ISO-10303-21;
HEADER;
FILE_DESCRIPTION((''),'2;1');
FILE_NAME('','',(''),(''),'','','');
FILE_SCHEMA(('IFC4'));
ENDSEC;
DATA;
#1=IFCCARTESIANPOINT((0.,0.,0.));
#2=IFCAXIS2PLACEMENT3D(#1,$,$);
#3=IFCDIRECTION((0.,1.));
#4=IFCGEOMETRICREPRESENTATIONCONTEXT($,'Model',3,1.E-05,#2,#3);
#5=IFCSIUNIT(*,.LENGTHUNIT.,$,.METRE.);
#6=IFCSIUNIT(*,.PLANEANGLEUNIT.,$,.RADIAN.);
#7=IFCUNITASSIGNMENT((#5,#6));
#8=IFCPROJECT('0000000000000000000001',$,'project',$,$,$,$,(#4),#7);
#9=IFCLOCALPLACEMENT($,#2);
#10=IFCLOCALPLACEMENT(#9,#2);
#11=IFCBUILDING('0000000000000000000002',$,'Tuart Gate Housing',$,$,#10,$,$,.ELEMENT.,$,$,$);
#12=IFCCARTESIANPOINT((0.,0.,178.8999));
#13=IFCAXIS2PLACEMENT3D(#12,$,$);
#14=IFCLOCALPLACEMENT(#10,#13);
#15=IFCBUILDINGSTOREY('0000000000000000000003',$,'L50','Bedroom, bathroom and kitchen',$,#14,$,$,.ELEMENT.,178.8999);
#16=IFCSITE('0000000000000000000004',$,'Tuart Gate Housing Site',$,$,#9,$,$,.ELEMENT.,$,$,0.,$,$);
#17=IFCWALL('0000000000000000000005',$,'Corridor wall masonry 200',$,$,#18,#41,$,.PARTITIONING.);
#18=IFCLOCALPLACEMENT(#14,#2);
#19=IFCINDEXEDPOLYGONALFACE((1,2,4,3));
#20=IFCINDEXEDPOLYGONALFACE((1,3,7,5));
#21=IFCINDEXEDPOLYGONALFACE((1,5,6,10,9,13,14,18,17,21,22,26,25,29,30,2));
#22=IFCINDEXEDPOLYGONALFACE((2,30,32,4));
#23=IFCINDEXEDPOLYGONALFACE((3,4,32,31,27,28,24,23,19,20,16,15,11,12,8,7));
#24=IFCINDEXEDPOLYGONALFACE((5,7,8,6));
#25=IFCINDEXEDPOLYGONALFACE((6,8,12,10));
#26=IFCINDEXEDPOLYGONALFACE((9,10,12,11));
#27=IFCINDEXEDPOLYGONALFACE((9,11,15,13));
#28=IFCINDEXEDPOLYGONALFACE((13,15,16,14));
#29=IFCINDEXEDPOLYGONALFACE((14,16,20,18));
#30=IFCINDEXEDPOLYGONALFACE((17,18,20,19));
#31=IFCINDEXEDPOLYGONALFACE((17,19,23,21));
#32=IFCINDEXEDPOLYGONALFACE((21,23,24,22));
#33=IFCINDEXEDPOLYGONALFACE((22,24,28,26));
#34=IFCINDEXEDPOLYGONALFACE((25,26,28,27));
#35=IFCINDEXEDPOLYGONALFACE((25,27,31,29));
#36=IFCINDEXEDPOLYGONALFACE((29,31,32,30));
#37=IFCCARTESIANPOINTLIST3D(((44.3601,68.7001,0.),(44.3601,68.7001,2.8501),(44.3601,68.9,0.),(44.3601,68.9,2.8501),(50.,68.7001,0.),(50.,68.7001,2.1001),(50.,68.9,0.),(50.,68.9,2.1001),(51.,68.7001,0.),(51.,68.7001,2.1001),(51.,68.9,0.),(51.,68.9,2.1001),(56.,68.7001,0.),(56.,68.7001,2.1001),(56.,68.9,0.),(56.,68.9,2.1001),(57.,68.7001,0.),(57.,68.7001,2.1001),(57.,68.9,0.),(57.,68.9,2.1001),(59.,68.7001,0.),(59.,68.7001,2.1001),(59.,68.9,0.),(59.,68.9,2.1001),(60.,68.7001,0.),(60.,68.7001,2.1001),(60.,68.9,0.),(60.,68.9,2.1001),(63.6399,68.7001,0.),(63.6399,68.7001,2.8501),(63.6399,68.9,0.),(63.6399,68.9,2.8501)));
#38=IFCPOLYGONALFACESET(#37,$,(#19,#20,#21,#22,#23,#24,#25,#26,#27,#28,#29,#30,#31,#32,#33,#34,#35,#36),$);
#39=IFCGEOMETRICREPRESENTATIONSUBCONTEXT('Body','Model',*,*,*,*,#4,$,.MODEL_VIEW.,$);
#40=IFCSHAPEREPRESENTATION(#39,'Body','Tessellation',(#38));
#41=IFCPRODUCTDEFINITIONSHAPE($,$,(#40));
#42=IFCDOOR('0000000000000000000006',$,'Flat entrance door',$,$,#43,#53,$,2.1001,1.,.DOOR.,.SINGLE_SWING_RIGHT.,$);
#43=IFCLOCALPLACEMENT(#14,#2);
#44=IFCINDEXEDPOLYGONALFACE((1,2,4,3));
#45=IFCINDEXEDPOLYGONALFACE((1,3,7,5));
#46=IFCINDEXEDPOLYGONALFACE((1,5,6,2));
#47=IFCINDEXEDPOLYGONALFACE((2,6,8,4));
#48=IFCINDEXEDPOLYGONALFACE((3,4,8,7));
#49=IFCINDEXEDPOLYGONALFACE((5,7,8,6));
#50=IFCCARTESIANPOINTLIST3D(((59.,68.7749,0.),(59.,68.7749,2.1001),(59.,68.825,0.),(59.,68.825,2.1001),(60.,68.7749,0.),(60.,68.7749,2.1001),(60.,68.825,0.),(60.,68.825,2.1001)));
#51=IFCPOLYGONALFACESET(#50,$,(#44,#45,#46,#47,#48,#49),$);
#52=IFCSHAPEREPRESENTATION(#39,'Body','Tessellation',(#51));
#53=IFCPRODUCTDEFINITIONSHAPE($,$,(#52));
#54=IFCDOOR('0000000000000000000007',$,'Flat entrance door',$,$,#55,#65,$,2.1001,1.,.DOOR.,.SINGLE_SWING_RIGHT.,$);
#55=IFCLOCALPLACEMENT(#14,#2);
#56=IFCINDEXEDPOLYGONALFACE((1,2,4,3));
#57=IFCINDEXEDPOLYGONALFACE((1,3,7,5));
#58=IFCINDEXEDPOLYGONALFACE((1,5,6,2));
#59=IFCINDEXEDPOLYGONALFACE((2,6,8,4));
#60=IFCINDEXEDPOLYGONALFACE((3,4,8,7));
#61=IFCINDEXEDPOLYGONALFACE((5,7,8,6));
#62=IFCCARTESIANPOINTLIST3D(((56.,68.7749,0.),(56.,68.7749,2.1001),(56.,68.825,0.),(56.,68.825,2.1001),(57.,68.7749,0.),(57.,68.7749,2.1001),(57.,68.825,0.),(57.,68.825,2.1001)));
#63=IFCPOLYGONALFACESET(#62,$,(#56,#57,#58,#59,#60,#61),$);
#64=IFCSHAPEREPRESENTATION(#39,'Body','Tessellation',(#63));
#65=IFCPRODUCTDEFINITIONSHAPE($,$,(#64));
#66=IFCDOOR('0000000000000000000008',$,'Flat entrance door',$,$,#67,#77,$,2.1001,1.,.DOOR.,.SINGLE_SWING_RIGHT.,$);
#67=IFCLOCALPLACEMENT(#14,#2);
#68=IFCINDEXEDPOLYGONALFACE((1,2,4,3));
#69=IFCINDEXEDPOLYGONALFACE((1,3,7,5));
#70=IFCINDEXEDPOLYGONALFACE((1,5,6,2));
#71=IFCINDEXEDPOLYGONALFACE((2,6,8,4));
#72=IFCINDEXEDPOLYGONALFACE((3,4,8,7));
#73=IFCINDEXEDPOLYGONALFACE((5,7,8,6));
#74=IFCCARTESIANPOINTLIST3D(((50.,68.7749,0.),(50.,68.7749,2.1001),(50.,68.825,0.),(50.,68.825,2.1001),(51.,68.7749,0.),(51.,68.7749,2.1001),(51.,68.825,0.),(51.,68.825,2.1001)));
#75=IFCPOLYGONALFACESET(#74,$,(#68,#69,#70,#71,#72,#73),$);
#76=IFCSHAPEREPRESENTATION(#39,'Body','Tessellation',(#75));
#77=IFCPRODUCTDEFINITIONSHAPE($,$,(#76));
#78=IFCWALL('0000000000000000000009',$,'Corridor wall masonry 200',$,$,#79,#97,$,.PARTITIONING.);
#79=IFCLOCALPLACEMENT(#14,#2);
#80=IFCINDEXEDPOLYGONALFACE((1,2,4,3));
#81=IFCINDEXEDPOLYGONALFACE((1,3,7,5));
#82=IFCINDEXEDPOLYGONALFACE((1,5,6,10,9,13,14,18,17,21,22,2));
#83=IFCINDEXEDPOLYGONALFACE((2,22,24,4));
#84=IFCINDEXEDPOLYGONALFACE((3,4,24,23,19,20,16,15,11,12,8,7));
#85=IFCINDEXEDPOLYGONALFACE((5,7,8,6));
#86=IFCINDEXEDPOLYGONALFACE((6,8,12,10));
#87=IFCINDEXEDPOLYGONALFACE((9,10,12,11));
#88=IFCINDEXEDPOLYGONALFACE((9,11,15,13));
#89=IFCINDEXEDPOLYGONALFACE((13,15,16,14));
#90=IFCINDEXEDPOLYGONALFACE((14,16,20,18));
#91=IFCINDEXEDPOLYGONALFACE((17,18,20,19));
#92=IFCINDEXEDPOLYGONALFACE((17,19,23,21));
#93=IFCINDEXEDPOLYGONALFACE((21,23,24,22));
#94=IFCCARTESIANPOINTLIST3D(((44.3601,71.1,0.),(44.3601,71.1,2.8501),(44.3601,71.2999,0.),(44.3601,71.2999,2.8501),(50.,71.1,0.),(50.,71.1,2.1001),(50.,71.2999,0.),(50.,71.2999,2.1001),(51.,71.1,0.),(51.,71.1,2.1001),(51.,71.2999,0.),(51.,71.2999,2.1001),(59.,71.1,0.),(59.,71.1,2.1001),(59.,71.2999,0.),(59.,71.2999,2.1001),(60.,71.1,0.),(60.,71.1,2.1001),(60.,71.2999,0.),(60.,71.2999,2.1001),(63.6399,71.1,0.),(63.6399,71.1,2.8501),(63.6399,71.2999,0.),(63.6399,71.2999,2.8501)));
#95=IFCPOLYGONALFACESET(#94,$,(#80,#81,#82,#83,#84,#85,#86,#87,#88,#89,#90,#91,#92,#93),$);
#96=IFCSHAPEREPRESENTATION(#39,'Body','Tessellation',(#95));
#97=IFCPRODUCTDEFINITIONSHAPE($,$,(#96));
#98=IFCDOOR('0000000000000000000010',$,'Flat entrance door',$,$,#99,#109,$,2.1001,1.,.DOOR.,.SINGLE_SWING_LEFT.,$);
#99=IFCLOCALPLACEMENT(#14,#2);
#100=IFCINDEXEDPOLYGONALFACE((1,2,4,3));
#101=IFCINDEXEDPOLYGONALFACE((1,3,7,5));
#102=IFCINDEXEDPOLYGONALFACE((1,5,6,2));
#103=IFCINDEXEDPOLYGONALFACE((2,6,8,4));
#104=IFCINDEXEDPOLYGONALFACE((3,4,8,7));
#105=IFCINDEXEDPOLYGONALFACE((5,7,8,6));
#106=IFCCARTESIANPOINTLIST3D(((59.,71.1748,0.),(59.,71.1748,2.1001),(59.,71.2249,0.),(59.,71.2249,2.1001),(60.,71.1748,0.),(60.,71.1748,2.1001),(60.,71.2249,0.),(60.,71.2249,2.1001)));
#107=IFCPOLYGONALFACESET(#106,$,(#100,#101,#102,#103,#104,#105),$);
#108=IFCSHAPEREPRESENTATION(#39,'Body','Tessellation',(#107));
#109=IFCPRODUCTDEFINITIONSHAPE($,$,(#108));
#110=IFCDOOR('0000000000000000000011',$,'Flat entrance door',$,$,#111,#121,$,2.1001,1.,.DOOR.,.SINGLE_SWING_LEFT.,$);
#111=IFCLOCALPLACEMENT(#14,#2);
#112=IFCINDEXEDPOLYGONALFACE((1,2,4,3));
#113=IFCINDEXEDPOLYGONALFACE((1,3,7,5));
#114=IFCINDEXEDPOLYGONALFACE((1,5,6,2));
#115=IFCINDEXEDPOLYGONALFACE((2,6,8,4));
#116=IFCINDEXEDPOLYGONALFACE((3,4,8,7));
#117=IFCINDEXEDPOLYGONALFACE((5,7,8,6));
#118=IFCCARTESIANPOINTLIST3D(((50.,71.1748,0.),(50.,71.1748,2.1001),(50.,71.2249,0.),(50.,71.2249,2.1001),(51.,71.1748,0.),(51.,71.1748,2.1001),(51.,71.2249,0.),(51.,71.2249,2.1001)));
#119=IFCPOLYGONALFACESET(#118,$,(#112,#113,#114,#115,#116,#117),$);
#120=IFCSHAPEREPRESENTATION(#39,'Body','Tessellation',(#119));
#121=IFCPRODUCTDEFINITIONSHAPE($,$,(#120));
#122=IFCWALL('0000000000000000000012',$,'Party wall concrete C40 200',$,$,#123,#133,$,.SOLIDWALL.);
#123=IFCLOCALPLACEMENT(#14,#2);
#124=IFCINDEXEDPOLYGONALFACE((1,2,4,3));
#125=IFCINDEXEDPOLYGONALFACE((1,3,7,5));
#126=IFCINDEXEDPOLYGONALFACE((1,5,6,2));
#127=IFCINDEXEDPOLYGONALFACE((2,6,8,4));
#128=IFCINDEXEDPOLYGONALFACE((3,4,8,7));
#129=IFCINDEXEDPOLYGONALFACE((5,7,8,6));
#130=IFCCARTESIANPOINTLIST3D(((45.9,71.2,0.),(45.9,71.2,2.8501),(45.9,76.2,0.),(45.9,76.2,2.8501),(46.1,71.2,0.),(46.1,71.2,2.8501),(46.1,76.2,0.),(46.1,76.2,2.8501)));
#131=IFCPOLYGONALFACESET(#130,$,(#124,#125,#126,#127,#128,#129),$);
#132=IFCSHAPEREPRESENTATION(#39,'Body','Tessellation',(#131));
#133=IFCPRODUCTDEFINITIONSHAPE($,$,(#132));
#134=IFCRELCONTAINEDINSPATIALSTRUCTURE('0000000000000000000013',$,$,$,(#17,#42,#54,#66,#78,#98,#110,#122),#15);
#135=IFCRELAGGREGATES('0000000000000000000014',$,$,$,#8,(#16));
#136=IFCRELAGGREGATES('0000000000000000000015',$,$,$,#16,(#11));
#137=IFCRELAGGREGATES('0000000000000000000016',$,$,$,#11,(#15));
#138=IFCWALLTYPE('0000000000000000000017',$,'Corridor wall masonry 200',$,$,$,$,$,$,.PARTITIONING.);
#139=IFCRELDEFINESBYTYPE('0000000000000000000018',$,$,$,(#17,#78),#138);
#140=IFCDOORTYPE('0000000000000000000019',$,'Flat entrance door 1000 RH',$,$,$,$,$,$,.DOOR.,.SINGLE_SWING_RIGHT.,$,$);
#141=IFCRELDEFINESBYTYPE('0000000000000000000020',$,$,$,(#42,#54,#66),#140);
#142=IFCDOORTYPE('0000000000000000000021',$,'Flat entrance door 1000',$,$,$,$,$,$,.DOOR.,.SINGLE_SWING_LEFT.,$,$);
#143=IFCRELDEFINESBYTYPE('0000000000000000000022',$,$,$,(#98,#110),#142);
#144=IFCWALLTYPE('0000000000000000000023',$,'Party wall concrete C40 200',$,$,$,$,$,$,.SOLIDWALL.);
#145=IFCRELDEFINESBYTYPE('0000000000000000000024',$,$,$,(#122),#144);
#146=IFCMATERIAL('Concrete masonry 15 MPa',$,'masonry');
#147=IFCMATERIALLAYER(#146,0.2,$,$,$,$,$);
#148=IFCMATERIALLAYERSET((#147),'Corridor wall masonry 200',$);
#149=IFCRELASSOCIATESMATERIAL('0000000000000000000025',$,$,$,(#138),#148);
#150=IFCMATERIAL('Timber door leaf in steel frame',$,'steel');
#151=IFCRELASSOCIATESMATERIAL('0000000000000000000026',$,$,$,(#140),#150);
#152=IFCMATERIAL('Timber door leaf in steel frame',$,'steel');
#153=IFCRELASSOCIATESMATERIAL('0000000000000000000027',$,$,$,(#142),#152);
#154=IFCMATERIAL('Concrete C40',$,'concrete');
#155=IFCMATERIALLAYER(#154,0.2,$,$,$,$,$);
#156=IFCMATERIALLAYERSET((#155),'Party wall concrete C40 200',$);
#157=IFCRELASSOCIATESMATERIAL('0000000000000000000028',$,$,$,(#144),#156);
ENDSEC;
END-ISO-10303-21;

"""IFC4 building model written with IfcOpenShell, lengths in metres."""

from ifc_helpers import new_model, si_unit, direction, frame, frame_2d, origin, place, context, subcontext, project, spatial, rectangle, extrude, material, layer, layer_set, type_object, element, fill, save


model = new_model("IFC4")

# Units and contexts
model_context = context("Model", 3, precision=1e-05, world=origin(), true_north=direction((0.0, 1.0)))
body_context = subcontext(model_context, "Body", "Model", "MODEL_VIEW")
ifc_project = project(units=[si_unit("LENGTHUNIT", "METRE"), si_unit("PLANEANGLEUNIT", "RADIAN")], contexts=[model_context])

# Site, building, storey
site_placement = place(None, origin())
site = spatial("IfcSite", under=ifc_project, at=site_placement, Name="Tuart Gate Housing Site", CompositionType="ELEMENT", RefElevation=0.0)
building_placement = place(site_placement, origin())
building = spatial("IfcBuilding", under=site, at=building_placement, Name="Tuart Gate Housing", CompositionType="ELEMENT")
storey_placement = place(building_placement, frame((0.0, 0.0, 178.8999)))
storey = spatial("IfcBuildingStorey", under=building, at=storey_placement, Name="L50", Description="Bedroom, bathroom and kitchen", CompositionType="ELEMENT", Elevation=178.8999)

# Walls, openings, doors
ifc_material_1 = material(Name="Concrete masonry 15 MPa", Category="masonry")
ifc_layer_1 = layer(ifc_material_1, 0.2)
ifc_layer_set_1 = layer_set([ifc_layer_1], Name="Corridor wall masonry 200")
wall_type_1 = type_object("IfcWallType", Name="Corridor wall masonry 200", PredefinedType="PARTITIONING", material=ifc_layer_set_1)
wall_1_placement = place(storey_placement, frame((44.3601, 68.8, 0.0), z_axis=(0.0, 0.0, 1.0), x_axis=(1.0, 0.0, 0.0)))
wall_1 = element("IfcWall", 1, at=wall_1_placement, inside=storey, type_object=wall_type_1, Name="Corridor wall masonry 200", PredefinedType="PARTITIONING", context=body_context, shape_type="SweptSolid", body=[
    extrude(rectangle(XDim=19.2798, YDim=0.2, at=frame_2d((9.6399, 0.0))), origin(), (0.0, 0.0, 1.0), 2.8501),
])
opening_1_placement = place(wall_1_placement, frame((14.6399, 0.0, 0.0)))
opening_1 = element("IfcOpeningElement", 2, at=opening_1_placement, cuts=wall_1, PredefinedType="OPENING", context=body_context, shape_type="SweptSolid", body=[
    extrude(rectangle(XDim=1.0, YDim=2.1001, at=frame_2d((0.5, 1.05))), frame((0.0, 0.1099, 0.0), z_axis=(0.0, -1.0, 0.0), x_axis=(1.0, 0.0, 0.0)), (0.0, 0.0, 1.0), 0.22),
])
opening_2_placement = place(wall_1_placement, frame((11.6399, 0.0, 0.0)))
opening_2 = element("IfcOpeningElement", 3, at=opening_2_placement, cuts=wall_1, PredefinedType="OPENING", context=body_context, shape_type="SweptSolid", body=[
    extrude(rectangle(XDim=1.0, YDim=2.1001, at=frame_2d((0.5, 1.05))), frame((0.0, 0.1099, 0.0), z_axis=(0.0, -1.0, 0.0), x_axis=(1.0, 0.0, 0.0)), (0.0, 0.0, 1.0), 0.22),
])
opening_3_placement = place(wall_1_placement, frame((5.6399, 0.0, 0.0)))
opening_3 = element("IfcOpeningElement", 4, at=opening_3_placement, cuts=wall_1, PredefinedType="OPENING", context=body_context, shape_type="SweptSolid", body=[
    extrude(rectangle(XDim=1.0, YDim=2.1001, at=frame_2d((0.5, 1.05))), frame((0.0, 0.1099, 0.0), z_axis=(0.0, -1.0, 0.0), x_axis=(1.0, 0.0, 0.0)), (0.0, 0.0, 1.0), 0.22),
])
ifc_material_2 = material(Name="Timber door leaf in steel frame", Category="steel")
door_type_1 = type_object("IfcDoorType", Name="Flat entrance door 1000 RH", OperationType="SINGLE_SWING_RIGHT", PredefinedType="DOOR", material=ifc_material_2)
door_1_placement = place(opening_1_placement, frame((1.0, 0.0, 0.0), z_axis=(0.0, 0.0, 1.0), x_axis=(-1.0, 0.0, 0.0)))
door_1 = element("IfcDoor", 5, at=door_1_placement, inside=storey, type_object=door_type_1, Name="Flat entrance door", OperationType="SINGLE_SWING_RIGHT", OverallHeight=2.1001, OverallWidth=1.0, PredefinedType="DOOR", context=body_context, shape_type="SweptSolid", body=[
    extrude(rectangle(XDim=1.0, YDim=2.1001, at=frame_2d((0.5, 1.05))), frame((0.0, 0.0251, 0.0), z_axis=(0.0, -1.0, 0.0), x_axis=(1.0, 0.0, 0.0)), (0.0, 0.0, 1.0), 0.05),
])
fill(opening_1, door_1)
door_2_placement = place(opening_2_placement, frame((1.0, 0.0, 0.0), z_axis=(0.0, 0.0, 1.0), x_axis=(-1.0, 0.0, 0.0)))
door_2 = element("IfcDoor", 6, at=door_2_placement, inside=storey, type_object=door_type_1, Name="Flat entrance door", OperationType="SINGLE_SWING_RIGHT", OverallHeight=2.1001, OverallWidth=1.0, PredefinedType="DOOR", context=body_context, shape_type="SweptSolid", body=[
    extrude(rectangle(XDim=1.0, YDim=2.1001, at=frame_2d((0.5, 1.05))), frame((0.0, 0.0251, 0.0), z_axis=(0.0, -1.0, 0.0), x_axis=(1.0, 0.0, 0.0)), (0.0, 0.0, 1.0), 0.05),
])
fill(opening_2, door_2)
door_3_placement = place(opening_3_placement, frame((1.0, 0.0, 0.0), z_axis=(0.0, 0.0, 1.0), x_axis=(-1.0, 0.0, 0.0)))
door_3 = element("IfcDoor", 7, at=door_3_placement, inside=storey, type_object=door_type_1, Name="Flat entrance door", OperationType="SINGLE_SWING_RIGHT", OverallHeight=2.1001, OverallWidth=1.0, PredefinedType="DOOR", context=body_context, shape_type="SweptSolid", body=[
    extrude(rectangle(XDim=1.0, YDim=2.1001, at=frame_2d((0.5, 1.05))), frame((0.0, 0.0251, 0.0), z_axis=(0.0, -1.0, 0.0), x_axis=(1.0, 0.0, 0.0)), (0.0, 0.0, 1.0), 0.05),
])
fill(opening_3, door_3)
wall_2_placement = place(storey_placement, frame((44.3601, 71.2, 0.0), z_axis=(0.0, 0.0, 1.0), x_axis=(1.0, 0.0, 0.0)))
wall_2 = element("IfcWall", 8, at=wall_2_placement, inside=storey, type_object=wall_type_1, Name="Corridor wall masonry 200", PredefinedType="PARTITIONING", context=body_context, shape_type="SweptSolid", body=[
    extrude(rectangle(XDim=19.2798, YDim=0.2, at=frame_2d((9.6399, 0.0))), origin(), (0.0, 0.0, 1.0), 2.8501),
])
opening_4_placement = place(wall_2_placement, frame((14.6399, 0.0, 0.0)))
opening_4 = element("IfcOpeningElement", 9, at=opening_4_placement, cuts=wall_2, PredefinedType="OPENING", context=body_context, shape_type="SweptSolid", body=[
    extrude(rectangle(XDim=1.0, YDim=2.1001, at=frame_2d((0.5, 1.05))), frame((0.0, 0.1099, 0.0), z_axis=(0.0, -1.0, 0.0), x_axis=(1.0, 0.0, 0.0)), (0.0, 0.0, 1.0), 0.22),
])
opening_5_placement = place(wall_2_placement, frame((5.6399, 0.0, 0.0)))
opening_5 = element("IfcOpeningElement", 10, at=opening_5_placement, cuts=wall_2, PredefinedType="OPENING", context=body_context, shape_type="SweptSolid", body=[
    extrude(rectangle(XDim=1.0, YDim=2.1001, at=frame_2d((0.5, 1.05))), frame((0.0, 0.1099, 0.0), z_axis=(0.0, -1.0, 0.0), x_axis=(1.0, 0.0, 0.0)), (0.0, 0.0, 1.0), 0.22),
])
ifc_material_3 = material(Name="Timber door leaf in steel frame", Category="steel")
door_type_2 = type_object("IfcDoorType", Name="Flat entrance door 1000", OperationType="SINGLE_SWING_LEFT", PredefinedType="DOOR", material=ifc_material_3)
door_4_placement = place(opening_4_placement, origin())
door_4 = element("IfcDoor", 11, at=door_4_placement, inside=storey, type_object=door_type_2, Name="Flat entrance door", OperationType="SINGLE_SWING_LEFT", OverallHeight=2.1001, OverallWidth=1.0, PredefinedType="DOOR", context=body_context, shape_type="SweptSolid", body=[
    extrude(rectangle(XDim=1.0, YDim=2.1001, at=frame_2d((0.5, 1.05))), frame((0.0, 0.0249, 0.0), z_axis=(0.0, -1.0, 0.0), x_axis=(1.0, 0.0, 0.0)), (0.0, 0.0, 1.0), 0.05),
])
fill(opening_4, door_4)
door_5_placement = place(opening_5_placement, origin())
door_5 = element("IfcDoor", 12, at=door_5_placement, inside=storey, type_object=door_type_2, Name="Flat entrance door", OperationType="SINGLE_SWING_LEFT", OverallHeight=2.1001, OverallWidth=1.0, PredefinedType="DOOR", context=body_context, shape_type="SweptSolid", body=[
    extrude(rectangle(XDim=1.0, YDim=2.1001, at=frame_2d((0.5, 1.05))), frame((0.0, 0.0249, 0.0), z_axis=(0.0, -1.0, 0.0), x_axis=(1.0, 0.0, 0.0)), (0.0, 0.0, 1.0), 0.05),
])
fill(opening_5, door_5)

# Wall
ifc_material_4 = material(Name="Concrete C40", Category="concrete")
ifc_layer_2 = layer(ifc_material_4, 0.2)
ifc_layer_set_2 = layer_set([ifc_layer_2], Name="Party wall concrete C40 200")
wall_type_2 = type_object("IfcWallType", Name="Party wall concrete C40 200", PredefinedType="SOLIDWALL", material=ifc_layer_set_2)
wall_3_placement = place(storey_placement, frame((46.0, 71.2, 0.0), z_axis=(0.0, 0.0, 1.0), x_axis=(0.0, 1.0, 0.0)))
element("IfcWall", 13, at=wall_3_placement, inside=storey, type_object=wall_type_2, Name="Party wall concrete C40 200", PredefinedType="SOLIDWALL", context=body_context, shape_type="SweptSolid", body=[
    extrude(rectangle(XDim=5.0, YDim=0.2, at=frame_2d((2.5, 0.0))), origin(), (0.0, 0.0, 1.0), 2.8501),
])

save(model, "model.ifc")
